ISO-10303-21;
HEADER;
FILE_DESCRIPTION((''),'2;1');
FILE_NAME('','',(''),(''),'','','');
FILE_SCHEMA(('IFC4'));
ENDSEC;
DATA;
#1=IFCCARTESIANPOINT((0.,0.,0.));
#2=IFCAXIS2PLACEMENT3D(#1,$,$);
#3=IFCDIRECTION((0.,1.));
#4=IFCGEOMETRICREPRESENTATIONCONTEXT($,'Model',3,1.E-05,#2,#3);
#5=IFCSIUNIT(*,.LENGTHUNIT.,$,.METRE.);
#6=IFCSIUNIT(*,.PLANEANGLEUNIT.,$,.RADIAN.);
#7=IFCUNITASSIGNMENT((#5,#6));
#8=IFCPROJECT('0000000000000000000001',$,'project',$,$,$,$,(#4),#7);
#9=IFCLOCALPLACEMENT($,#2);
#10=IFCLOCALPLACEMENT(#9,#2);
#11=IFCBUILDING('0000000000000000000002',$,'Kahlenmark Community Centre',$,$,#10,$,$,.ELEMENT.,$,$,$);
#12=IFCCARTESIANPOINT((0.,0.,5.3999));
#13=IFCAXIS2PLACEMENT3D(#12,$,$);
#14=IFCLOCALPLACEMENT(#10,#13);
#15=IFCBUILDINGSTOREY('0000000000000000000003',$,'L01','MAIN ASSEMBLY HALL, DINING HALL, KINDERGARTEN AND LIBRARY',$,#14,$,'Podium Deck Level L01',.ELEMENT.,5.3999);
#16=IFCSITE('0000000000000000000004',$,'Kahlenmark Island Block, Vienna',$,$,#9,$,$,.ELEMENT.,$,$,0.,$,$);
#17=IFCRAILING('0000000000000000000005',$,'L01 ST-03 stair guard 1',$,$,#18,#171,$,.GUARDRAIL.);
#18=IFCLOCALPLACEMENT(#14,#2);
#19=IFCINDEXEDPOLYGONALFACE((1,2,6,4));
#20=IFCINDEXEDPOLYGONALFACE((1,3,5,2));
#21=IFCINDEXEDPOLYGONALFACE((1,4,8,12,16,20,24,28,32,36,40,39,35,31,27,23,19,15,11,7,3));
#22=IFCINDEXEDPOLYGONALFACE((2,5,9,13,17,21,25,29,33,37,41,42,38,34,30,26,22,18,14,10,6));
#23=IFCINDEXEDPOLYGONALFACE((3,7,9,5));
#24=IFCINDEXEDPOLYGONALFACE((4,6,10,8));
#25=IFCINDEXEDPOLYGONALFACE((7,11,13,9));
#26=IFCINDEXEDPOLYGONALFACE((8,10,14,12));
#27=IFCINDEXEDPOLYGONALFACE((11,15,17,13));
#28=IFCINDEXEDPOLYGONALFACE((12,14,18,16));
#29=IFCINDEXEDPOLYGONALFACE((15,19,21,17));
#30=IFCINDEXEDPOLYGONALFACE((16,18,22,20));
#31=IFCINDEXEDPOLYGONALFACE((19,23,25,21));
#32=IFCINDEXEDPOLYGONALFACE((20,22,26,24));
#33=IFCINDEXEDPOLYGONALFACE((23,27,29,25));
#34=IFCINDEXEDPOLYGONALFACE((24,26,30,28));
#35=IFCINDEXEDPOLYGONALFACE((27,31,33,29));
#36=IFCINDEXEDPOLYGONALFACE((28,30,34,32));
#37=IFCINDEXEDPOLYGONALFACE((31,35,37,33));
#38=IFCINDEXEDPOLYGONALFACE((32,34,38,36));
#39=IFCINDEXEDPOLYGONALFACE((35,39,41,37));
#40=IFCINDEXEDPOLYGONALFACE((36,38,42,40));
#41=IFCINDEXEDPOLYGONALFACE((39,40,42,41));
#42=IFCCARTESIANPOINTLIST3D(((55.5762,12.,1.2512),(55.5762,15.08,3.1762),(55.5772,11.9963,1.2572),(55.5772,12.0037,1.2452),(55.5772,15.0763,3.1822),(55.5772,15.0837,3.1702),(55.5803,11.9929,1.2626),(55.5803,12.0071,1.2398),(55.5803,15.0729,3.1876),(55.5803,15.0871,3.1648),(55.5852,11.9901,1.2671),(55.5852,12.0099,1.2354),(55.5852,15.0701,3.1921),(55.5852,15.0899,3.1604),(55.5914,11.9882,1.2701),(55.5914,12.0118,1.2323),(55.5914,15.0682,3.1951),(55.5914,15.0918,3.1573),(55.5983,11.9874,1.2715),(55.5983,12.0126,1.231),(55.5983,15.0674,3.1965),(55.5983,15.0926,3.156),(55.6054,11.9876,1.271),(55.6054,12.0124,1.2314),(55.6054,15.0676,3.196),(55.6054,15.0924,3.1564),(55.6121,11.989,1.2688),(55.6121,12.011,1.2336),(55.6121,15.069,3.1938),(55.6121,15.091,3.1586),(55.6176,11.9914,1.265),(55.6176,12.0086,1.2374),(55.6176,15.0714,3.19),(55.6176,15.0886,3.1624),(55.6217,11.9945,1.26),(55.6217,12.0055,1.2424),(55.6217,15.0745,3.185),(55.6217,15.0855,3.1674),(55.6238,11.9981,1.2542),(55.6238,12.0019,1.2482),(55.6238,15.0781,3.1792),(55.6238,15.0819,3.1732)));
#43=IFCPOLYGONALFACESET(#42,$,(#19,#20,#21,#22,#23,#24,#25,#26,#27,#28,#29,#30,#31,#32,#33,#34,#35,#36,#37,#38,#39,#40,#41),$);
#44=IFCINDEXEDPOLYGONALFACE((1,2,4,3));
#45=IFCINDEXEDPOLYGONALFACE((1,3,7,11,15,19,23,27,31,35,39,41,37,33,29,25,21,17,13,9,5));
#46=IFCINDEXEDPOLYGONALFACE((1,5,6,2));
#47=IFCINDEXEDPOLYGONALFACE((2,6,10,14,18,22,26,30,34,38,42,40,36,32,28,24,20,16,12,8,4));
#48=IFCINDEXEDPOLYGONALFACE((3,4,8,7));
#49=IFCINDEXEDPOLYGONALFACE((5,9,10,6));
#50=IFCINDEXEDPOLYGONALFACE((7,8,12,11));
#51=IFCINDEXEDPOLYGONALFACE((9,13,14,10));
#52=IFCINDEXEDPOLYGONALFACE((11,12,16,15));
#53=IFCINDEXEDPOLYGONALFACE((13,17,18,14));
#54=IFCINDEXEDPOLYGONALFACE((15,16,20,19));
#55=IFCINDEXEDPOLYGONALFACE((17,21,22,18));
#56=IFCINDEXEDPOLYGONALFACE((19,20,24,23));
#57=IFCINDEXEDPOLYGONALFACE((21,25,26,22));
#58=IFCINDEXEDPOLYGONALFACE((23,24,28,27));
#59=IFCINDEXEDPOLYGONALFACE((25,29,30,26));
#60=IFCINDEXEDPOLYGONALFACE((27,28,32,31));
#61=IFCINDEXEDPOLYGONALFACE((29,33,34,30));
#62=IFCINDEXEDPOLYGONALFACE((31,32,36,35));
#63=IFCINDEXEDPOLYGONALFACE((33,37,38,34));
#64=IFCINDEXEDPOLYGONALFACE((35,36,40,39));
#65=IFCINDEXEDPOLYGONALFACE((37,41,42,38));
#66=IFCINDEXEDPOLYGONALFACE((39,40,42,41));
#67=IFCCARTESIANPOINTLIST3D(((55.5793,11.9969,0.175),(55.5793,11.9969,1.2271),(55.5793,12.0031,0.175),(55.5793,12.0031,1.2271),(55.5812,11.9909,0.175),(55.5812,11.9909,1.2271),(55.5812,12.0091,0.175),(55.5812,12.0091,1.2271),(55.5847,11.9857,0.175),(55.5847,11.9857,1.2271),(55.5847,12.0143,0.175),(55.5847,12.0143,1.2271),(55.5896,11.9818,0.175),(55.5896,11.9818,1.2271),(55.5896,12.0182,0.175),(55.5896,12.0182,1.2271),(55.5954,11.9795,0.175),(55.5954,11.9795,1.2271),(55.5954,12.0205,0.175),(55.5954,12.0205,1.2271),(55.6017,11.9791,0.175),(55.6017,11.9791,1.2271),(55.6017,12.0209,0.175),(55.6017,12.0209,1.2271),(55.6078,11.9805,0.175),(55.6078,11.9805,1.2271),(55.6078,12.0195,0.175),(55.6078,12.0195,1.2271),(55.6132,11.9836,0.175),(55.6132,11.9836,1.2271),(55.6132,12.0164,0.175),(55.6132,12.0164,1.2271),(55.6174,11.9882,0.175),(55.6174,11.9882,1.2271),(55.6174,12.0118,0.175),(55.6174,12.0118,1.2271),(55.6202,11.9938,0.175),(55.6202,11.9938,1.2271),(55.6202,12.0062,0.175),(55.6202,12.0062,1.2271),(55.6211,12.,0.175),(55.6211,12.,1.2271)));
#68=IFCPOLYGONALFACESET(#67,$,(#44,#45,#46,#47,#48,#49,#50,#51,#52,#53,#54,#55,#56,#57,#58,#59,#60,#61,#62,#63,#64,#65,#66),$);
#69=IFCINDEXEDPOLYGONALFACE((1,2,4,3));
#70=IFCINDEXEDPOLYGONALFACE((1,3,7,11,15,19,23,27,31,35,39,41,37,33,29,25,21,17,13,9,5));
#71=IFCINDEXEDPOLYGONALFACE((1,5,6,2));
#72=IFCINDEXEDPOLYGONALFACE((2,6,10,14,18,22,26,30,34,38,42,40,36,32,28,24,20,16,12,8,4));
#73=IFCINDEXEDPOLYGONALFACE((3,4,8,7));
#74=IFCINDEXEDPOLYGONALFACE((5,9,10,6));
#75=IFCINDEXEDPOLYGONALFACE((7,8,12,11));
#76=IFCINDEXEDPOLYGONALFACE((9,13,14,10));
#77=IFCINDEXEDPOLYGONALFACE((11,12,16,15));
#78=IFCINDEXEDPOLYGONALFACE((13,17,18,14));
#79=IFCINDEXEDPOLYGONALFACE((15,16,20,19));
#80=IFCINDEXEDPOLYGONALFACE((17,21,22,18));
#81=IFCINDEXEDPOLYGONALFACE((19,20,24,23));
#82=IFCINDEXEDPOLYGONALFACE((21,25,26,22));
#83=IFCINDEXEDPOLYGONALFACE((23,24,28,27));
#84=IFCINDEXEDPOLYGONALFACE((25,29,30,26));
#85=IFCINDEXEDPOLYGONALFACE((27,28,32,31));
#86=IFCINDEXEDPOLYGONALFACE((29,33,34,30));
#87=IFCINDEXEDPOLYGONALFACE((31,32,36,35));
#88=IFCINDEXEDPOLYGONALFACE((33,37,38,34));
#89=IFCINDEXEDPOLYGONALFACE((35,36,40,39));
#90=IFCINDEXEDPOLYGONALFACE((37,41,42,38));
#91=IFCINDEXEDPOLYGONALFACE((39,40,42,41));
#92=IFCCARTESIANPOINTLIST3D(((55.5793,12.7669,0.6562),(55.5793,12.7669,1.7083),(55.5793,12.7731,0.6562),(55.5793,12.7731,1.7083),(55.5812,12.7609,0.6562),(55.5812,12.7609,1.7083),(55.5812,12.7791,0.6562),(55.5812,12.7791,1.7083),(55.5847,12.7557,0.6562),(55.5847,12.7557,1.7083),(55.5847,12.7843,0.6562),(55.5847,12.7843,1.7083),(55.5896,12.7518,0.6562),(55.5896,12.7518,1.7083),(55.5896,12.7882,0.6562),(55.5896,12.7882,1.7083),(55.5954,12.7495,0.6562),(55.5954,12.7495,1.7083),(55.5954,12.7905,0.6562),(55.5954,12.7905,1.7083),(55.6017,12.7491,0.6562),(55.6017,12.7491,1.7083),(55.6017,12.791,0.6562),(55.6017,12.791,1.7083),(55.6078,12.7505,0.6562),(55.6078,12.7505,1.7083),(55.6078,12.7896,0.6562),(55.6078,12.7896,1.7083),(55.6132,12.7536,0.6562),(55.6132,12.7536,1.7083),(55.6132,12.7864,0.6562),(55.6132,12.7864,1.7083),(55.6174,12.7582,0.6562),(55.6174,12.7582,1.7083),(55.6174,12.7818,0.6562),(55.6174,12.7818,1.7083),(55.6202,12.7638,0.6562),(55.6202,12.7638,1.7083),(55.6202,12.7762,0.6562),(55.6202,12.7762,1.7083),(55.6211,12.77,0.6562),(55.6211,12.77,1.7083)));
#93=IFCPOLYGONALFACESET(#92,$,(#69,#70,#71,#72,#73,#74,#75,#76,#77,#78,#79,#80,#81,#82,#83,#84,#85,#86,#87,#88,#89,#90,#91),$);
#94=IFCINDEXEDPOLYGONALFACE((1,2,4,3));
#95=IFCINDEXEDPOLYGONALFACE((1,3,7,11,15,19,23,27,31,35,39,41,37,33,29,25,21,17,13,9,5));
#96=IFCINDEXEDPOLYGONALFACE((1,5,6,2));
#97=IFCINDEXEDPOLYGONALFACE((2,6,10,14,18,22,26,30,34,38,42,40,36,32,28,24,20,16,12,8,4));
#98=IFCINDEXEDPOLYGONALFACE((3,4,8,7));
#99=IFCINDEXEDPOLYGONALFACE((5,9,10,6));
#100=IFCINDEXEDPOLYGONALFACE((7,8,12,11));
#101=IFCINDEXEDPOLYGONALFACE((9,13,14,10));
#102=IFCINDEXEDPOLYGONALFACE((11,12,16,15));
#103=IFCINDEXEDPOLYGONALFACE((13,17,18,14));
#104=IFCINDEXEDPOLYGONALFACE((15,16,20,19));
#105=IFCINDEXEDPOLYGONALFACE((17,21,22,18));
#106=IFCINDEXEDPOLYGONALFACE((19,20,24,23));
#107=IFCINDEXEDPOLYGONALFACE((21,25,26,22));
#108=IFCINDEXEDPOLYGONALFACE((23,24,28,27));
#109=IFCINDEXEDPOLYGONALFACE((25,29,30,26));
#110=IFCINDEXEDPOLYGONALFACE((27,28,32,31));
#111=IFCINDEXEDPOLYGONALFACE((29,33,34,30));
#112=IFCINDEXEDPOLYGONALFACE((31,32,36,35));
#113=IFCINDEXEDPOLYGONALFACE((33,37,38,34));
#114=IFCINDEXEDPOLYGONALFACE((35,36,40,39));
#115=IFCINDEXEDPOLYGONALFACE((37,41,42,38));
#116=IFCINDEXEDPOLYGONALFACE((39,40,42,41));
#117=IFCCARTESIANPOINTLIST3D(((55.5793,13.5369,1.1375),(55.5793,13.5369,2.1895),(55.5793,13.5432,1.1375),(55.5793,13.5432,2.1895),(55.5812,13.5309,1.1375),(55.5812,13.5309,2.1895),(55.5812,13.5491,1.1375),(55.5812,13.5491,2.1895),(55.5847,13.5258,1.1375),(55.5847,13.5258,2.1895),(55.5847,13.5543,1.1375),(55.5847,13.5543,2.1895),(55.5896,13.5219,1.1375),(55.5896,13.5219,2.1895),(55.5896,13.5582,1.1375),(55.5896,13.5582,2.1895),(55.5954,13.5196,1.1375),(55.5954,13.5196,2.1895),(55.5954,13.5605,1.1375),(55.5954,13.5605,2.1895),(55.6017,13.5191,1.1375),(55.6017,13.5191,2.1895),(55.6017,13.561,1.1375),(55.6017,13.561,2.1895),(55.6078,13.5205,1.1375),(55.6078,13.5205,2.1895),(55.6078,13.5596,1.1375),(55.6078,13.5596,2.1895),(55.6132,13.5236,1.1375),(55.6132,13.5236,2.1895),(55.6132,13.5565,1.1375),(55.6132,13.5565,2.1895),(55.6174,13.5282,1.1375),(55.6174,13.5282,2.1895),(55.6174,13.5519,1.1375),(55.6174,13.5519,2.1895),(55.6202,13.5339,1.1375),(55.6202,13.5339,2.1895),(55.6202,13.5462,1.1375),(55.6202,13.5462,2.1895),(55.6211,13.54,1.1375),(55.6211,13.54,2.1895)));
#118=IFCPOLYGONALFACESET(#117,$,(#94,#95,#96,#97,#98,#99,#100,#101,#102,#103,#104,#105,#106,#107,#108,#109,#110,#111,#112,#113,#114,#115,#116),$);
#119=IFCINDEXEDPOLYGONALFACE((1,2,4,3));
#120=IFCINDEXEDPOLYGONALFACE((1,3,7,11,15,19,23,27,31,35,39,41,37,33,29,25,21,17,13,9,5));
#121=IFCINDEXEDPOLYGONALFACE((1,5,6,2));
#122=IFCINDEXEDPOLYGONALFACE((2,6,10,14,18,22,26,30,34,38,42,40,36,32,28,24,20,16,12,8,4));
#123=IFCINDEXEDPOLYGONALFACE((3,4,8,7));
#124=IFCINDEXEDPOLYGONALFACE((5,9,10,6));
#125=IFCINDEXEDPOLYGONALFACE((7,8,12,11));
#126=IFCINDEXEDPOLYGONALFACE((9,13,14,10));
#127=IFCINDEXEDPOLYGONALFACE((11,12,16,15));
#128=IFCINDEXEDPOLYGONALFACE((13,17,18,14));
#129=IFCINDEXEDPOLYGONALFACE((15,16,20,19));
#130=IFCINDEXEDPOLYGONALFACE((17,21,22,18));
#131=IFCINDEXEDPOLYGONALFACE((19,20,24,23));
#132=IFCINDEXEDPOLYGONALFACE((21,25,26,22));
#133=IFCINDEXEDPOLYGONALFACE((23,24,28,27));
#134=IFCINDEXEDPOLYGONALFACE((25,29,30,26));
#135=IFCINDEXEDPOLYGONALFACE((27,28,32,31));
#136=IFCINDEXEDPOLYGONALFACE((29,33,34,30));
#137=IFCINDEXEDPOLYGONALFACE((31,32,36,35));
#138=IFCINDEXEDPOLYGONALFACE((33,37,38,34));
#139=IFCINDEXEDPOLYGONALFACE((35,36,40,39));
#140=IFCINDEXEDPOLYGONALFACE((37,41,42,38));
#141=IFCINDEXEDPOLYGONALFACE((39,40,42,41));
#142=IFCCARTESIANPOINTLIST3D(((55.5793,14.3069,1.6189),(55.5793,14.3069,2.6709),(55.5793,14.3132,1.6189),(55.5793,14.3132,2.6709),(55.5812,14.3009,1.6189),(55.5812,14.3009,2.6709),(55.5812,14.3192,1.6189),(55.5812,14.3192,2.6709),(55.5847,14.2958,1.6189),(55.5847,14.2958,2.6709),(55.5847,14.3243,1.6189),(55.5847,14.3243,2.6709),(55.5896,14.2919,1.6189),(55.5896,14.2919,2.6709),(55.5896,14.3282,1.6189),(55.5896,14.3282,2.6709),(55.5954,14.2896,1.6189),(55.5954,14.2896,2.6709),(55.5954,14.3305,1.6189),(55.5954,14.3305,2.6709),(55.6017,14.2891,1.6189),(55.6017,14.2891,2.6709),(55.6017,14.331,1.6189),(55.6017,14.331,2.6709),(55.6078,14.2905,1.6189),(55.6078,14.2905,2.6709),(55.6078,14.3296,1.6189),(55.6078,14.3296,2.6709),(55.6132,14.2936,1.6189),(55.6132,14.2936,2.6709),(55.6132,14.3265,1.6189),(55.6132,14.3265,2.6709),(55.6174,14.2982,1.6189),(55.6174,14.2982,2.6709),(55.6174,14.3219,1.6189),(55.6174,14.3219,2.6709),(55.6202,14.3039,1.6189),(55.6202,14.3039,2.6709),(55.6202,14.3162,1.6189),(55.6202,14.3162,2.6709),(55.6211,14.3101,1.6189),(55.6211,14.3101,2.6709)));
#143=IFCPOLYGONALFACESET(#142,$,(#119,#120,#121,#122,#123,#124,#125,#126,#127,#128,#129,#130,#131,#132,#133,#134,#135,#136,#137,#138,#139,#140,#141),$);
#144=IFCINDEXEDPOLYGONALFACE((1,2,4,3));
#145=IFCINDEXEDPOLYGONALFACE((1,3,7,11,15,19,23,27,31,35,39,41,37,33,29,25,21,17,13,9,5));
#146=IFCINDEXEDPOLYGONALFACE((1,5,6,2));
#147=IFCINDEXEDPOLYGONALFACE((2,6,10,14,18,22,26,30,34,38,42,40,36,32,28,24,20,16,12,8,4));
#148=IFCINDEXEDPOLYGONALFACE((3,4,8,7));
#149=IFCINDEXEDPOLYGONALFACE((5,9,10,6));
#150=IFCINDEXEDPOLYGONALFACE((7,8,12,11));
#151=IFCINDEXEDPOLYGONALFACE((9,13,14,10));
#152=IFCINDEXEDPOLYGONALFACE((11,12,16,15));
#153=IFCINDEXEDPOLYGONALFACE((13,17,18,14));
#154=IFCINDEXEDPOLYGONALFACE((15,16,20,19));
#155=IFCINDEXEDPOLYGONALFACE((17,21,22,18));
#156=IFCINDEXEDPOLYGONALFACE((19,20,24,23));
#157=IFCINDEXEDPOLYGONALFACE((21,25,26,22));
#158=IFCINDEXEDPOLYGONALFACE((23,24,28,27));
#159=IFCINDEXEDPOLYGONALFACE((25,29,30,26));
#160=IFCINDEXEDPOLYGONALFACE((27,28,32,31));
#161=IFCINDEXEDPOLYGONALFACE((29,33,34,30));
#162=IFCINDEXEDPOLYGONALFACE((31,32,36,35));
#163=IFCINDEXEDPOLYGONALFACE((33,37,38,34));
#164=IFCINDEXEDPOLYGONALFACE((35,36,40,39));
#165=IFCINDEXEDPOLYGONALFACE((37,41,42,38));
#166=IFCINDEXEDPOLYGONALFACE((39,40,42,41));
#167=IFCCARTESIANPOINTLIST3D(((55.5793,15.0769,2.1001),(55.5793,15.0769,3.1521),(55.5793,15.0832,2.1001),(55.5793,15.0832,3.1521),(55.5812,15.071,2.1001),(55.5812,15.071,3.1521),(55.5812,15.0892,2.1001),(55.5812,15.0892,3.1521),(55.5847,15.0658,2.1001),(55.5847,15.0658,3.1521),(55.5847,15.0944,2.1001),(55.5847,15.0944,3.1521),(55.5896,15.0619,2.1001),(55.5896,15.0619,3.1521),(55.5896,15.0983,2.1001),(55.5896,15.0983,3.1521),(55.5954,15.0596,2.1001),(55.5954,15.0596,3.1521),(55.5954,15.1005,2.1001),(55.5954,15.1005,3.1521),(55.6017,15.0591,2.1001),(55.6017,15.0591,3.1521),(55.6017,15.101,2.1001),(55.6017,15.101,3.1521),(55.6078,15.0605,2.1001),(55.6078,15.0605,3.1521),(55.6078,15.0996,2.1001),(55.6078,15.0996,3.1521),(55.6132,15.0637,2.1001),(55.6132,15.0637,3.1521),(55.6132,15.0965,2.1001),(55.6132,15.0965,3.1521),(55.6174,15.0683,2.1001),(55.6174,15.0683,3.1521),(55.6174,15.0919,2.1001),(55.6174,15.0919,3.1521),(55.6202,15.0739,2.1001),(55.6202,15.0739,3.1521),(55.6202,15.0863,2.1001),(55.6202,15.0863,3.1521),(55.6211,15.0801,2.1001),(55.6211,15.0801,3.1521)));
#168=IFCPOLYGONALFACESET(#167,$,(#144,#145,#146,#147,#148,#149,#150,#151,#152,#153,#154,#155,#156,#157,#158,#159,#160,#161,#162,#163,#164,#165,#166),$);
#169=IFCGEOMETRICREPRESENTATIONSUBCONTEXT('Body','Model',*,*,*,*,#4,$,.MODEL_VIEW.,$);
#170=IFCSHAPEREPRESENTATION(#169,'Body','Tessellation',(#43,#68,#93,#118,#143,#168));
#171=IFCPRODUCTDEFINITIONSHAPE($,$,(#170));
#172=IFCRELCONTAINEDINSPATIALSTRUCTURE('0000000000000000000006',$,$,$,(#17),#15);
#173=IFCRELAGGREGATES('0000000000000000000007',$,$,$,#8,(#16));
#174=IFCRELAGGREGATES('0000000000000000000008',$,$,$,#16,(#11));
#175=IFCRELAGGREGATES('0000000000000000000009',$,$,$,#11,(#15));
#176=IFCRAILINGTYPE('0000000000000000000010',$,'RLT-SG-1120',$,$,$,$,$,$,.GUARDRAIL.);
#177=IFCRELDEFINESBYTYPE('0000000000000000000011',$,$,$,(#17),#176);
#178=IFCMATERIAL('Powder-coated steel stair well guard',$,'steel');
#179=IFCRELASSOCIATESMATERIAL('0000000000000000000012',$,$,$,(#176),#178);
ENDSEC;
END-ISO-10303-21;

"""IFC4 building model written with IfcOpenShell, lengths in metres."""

from ifc_helpers import new_model, si_unit, direction, frame, origin, origin_2d, place, context, subcontext, project, spatial, circle, extrude, material, type_object, element, save


model = new_model("IFC4")

# Units and contexts
model_context = context("Model", 3, precision=1e-05, world=origin(), true_north=direction((0.0, 1.0)))
body_context = subcontext(model_context, "Body", "Model", "MODEL_VIEW")
ifc_project = project(units=[si_unit("LENGTHUNIT", "METRE"), si_unit("PLANEANGLEUNIT", "RADIAN")], contexts=[model_context])

# Site, building, storey
site_placement = place(None, origin())
site = spatial("IfcSite", under=ifc_project, at=site_placement, Name="Kahlenmark Island Block, Vienna", CompositionType="ELEMENT", RefElevation=0.0)
building_placement = place(site_placement, origin())
building = spatial("IfcBuilding", under=site, at=building_placement, Name="Kahlenmark Community Centre", CompositionType="ELEMENT")
storey_placement = place(building_placement, frame((0.0, 0.0, 5.3999)))
storey = spatial("IfcBuildingStorey", under=building, at=storey_placement, Name="L01", Description="MAIN ASSEMBLY HALL, DINING HALL, KINDERGARTEN AND LIBRARY", LongName="Podium Deck Level L01", CompositionType="ELEMENT", Elevation=5.3999)

# Railing
ifc_material_1 = material(Name="Powder-coated steel stair well guard", Category="steel")
railing_type_1 = type_object("IfcRailingType", Name="RLT-SG-1120", PredefinedType="GUARDRAIL", material=ifc_material_1)
railing_1_placement = place(storey_placement, frame((55.6001, 12.0, 0.175)))
element("IfcRailing", 1, at=railing_1_placement, inside=storey, type_object=railing_type_1, Name="L01 ST-03 stair guard 1", PredefinedType="GUARDRAIL", context=body_context, shape_type="SweptSolid", body=[
    extrude(circle(Radius=0.0239, at=origin_2d()), frame((0.0, 0.0, 1.0762), z_axis=(0.0, 0.847998, 0.529999), x_axis=(-1.0, 0.0, 0.0)), (0.0, 0.0, 1.0), 3.6321),
    extrude(circle(Radius=0.021, at=origin_2d()), origin(), (0.0, 0.0, 1.0), 1.052),
    extrude(circle(Radius=0.021, at=origin_2d()), frame((0.0, 0.77, 0.4812)), (0.0, 0.0, 1.0), 1.052),
    extrude(circle(Radius=0.021, at=origin_2d()), frame((0.0, 1.54, 0.9624)), (0.0, 0.0, 1.0), 1.052),
    extrude(circle(Radius=0.021, at=origin_2d()), frame((0.0, 2.3101, 1.4438)), (0.0, 0.0, 1.0), 1.052),
    extrude(circle(Radius=0.021, at=origin_2d()), frame((0.0, 3.0801, 1.925)), (0.0, 0.0, 1.0), 1.052),
])

save(model, "model.ifc")
